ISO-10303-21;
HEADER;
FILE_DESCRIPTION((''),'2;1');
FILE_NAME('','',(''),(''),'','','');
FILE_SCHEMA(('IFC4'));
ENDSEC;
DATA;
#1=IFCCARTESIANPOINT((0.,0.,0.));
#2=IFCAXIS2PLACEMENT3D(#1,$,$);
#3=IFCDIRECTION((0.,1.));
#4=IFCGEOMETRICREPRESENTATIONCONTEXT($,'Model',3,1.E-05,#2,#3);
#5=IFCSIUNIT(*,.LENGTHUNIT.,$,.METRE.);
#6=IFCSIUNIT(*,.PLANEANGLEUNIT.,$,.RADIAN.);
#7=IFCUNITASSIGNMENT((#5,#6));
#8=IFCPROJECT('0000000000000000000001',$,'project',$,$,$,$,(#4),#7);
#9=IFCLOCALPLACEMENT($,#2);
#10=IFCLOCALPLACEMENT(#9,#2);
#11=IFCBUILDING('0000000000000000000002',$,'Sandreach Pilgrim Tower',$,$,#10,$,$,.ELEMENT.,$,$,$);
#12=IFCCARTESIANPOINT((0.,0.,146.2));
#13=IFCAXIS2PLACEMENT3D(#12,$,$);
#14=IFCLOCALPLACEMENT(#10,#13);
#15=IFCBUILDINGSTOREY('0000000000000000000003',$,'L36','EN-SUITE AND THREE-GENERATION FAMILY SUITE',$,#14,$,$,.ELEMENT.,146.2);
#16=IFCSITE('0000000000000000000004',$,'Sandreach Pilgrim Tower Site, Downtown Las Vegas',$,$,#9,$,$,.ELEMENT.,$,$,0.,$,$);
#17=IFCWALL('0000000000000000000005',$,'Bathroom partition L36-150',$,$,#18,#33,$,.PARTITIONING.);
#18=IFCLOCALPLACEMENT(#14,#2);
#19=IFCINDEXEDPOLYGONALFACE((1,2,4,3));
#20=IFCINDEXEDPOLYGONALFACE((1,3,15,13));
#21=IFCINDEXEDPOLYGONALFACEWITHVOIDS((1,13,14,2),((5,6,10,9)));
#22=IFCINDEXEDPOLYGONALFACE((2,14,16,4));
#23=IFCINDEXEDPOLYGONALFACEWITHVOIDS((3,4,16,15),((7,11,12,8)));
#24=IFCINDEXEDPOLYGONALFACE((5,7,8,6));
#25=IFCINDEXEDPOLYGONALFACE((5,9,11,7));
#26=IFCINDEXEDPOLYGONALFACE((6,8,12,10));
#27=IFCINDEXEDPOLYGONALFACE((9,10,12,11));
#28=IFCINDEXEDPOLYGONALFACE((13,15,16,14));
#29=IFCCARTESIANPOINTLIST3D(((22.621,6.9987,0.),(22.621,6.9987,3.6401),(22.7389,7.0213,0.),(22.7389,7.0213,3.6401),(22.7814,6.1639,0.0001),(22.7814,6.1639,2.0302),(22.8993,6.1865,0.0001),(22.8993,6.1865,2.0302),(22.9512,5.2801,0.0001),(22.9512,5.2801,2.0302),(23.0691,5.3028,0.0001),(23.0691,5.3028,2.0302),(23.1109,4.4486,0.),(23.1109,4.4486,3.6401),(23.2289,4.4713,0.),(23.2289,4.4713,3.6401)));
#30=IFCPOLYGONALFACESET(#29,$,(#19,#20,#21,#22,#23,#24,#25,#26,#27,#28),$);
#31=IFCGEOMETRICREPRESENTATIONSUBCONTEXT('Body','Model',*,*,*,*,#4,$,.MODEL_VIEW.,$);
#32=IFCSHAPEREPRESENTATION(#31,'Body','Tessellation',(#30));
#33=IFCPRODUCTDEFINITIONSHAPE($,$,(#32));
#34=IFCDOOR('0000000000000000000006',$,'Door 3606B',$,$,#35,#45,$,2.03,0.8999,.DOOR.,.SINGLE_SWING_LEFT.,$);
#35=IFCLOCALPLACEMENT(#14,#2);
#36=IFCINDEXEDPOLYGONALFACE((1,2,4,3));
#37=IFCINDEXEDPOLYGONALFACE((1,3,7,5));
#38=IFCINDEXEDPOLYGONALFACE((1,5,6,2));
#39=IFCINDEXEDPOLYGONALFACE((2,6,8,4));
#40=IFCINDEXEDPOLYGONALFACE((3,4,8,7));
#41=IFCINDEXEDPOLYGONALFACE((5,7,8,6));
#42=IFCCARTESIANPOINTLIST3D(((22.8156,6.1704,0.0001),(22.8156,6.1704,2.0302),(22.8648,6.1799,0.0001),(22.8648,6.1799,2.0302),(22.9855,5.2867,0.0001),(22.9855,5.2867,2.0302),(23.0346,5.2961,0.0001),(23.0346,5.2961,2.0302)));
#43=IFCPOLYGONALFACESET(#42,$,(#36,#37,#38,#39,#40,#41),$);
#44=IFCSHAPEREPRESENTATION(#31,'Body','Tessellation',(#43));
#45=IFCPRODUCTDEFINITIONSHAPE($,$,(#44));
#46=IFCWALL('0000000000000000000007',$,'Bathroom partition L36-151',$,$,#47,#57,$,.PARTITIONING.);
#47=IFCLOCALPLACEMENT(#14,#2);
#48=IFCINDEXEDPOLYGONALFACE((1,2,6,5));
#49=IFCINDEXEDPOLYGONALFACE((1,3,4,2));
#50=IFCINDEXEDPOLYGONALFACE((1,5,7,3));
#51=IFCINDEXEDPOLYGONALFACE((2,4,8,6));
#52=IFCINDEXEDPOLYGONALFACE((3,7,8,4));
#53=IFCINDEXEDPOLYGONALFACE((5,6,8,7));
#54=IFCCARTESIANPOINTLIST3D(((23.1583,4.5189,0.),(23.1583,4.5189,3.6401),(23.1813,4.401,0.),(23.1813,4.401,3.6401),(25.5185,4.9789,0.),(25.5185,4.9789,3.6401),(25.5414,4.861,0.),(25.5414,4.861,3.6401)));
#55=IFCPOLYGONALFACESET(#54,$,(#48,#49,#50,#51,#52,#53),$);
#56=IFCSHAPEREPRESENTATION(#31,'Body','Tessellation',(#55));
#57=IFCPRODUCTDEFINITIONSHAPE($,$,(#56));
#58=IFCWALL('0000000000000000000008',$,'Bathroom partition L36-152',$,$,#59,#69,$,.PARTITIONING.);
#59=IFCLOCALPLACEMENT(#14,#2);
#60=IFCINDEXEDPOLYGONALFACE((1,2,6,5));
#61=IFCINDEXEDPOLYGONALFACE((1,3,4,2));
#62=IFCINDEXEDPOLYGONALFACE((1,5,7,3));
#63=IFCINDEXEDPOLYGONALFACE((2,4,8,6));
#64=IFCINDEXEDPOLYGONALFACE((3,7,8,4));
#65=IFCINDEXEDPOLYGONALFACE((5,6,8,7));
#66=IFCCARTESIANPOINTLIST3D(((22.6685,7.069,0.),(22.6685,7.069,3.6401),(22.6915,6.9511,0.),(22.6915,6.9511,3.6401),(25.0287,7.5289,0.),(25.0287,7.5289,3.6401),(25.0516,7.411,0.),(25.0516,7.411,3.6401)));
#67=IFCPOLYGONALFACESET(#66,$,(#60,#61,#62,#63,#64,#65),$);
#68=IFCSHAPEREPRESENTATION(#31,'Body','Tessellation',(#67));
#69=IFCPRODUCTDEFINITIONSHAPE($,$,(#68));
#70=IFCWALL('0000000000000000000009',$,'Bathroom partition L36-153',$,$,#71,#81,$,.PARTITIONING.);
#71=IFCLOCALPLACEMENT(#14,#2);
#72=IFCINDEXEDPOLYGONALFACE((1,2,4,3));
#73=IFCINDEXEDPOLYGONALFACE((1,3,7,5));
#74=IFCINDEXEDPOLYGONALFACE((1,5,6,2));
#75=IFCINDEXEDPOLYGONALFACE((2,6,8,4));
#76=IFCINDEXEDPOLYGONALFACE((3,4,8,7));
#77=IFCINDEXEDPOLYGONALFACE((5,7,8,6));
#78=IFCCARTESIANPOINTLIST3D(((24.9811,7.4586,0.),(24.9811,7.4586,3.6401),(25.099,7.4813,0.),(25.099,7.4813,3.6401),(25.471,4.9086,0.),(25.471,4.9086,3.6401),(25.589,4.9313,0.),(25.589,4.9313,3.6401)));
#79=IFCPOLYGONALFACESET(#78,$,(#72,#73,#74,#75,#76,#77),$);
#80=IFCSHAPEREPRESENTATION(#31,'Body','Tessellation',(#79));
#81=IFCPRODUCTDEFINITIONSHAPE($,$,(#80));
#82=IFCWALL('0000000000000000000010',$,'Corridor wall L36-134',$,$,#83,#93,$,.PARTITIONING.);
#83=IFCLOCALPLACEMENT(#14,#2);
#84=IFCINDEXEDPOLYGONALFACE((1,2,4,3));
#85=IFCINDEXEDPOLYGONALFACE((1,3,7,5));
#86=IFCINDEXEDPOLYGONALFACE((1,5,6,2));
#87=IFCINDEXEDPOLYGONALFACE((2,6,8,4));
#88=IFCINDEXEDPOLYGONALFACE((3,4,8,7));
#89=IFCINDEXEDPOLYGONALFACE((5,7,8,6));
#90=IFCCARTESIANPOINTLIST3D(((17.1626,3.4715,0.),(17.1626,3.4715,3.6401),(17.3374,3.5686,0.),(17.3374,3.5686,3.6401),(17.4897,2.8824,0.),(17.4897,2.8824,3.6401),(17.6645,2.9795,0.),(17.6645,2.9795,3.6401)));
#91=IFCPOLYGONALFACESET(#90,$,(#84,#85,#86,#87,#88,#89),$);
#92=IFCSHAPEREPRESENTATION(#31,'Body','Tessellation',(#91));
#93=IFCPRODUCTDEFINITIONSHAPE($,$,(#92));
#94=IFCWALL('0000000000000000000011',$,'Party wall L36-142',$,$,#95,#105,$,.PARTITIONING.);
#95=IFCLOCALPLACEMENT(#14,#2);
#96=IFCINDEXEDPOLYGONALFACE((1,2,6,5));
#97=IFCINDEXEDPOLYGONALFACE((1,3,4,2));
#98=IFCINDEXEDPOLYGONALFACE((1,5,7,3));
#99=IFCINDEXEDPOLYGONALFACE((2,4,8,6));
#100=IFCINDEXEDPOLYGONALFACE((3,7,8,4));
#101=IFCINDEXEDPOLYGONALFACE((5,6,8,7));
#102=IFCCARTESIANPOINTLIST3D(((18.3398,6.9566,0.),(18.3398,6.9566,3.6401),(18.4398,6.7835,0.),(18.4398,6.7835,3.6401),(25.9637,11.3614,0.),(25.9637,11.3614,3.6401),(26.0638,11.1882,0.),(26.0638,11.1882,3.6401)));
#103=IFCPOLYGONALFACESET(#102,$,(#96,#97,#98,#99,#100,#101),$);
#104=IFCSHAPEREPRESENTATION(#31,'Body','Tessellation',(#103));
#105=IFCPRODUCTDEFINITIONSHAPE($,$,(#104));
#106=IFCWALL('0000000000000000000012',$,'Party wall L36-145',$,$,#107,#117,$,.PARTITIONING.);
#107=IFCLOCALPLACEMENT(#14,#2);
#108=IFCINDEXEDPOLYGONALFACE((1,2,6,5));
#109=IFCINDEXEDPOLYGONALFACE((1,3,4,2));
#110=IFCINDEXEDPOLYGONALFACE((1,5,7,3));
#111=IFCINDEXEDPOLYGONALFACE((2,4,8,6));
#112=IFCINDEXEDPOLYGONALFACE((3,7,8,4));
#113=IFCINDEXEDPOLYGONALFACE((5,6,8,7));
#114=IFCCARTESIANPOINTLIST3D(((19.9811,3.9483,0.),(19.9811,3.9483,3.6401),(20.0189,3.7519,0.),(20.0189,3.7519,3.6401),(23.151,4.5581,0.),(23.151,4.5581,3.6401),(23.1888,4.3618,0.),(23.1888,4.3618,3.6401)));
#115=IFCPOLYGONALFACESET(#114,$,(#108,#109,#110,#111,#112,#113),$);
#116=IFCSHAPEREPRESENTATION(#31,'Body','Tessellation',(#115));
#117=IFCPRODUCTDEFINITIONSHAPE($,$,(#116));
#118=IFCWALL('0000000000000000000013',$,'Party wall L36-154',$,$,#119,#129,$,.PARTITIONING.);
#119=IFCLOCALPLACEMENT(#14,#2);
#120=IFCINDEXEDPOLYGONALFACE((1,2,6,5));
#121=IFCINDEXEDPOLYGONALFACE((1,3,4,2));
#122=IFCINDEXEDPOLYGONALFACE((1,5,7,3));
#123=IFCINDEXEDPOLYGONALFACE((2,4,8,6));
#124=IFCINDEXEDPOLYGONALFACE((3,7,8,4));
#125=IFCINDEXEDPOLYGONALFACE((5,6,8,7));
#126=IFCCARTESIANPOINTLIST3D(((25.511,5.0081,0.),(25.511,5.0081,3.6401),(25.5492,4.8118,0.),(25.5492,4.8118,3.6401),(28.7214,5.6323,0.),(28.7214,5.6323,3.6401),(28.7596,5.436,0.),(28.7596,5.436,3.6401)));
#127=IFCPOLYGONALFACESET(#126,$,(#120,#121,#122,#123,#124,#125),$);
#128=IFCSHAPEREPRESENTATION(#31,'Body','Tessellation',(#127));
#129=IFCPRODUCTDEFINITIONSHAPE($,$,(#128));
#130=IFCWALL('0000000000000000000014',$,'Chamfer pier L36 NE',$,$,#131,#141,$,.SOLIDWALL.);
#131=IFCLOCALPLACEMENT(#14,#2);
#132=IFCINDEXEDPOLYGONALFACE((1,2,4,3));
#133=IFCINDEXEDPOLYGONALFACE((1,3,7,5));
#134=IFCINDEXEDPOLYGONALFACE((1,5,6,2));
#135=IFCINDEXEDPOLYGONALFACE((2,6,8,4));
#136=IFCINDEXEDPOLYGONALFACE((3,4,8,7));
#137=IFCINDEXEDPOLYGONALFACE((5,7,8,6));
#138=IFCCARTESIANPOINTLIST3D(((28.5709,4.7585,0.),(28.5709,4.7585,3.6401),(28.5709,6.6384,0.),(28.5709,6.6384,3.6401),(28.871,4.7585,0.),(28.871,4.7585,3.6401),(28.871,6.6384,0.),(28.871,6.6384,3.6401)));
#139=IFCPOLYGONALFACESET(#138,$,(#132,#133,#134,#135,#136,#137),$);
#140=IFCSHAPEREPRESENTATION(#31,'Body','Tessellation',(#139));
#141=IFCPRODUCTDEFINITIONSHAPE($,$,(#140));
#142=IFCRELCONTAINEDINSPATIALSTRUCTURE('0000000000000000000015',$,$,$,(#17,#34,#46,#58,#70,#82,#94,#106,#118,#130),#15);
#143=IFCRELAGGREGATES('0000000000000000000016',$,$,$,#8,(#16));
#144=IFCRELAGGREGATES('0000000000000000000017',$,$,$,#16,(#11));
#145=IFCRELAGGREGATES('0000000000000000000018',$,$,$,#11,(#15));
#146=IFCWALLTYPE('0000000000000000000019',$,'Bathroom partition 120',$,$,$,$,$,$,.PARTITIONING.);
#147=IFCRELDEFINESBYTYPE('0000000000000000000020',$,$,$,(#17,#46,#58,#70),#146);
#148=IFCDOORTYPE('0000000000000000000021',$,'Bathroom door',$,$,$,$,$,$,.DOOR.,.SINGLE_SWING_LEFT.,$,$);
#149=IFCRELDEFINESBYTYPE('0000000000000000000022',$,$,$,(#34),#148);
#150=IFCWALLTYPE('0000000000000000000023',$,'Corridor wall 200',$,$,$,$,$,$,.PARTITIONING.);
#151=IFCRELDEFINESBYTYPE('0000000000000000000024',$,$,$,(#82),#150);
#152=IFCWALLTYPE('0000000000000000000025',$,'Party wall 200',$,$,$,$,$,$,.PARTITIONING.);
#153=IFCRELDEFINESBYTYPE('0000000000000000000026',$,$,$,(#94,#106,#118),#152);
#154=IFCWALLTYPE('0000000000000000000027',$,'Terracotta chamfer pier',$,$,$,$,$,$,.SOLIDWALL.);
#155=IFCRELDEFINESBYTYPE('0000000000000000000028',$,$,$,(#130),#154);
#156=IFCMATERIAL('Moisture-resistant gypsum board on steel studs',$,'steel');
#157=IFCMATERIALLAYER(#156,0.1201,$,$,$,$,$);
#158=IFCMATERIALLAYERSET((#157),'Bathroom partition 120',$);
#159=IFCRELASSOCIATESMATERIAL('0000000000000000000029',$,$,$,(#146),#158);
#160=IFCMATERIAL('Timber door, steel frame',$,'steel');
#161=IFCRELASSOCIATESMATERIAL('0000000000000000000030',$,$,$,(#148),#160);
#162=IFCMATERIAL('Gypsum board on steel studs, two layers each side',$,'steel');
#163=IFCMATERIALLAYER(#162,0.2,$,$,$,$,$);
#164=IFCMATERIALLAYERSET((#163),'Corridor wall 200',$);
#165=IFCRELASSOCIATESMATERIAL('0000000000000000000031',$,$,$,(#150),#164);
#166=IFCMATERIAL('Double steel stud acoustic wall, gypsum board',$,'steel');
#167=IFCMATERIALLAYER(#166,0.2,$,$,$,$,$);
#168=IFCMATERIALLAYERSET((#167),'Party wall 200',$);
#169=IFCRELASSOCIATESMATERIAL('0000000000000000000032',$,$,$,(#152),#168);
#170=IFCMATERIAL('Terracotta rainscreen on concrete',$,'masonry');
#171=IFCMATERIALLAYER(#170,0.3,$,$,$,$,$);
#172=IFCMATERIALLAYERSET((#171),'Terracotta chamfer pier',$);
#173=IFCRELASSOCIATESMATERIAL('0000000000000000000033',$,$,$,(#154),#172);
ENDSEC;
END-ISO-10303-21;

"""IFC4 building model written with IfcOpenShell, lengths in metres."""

from ifc_helpers import new_model, si_unit, direction, frame, frame_2d, origin, place, context, subcontext, project, spatial, rectangle, extrude, material, layer, layer_set, type_object, element, fill, save


model = new_model("IFC4")

# Units and contexts
model_context = context("Model", 3, precision=1e-05, world=origin(), true_north=direction((0.0, 1.0)))
body_context = subcontext(model_context, "Body", "Model", "MODEL_VIEW")
ifc_project = project(units=[si_unit("LENGTHUNIT", "METRE"), si_unit("PLANEANGLEUNIT", "RADIAN")], contexts=[model_context])

# Site, building, storey
site_placement = place(None, origin())
site = spatial("IfcSite", under=ifc_project, at=site_placement, Name="Sandreach Pilgrim Tower Site, Downtown Las Vegas", CompositionType="ELEMENT", RefElevation=0.0)
building_placement = place(site_placement, origin())
building = spatial("IfcBuilding", under=site, at=building_placement, Name="Sandreach Pilgrim Tower", CompositionType="ELEMENT")
storey_placement = place(building_placement, frame((0.0, 0.0, 146.2)))
storey = spatial("IfcBuildingStorey", under=building, at=storey_placement, Name="L36", Description="EN-SUITE AND THREE-GENERATION FAMILY SUITE", CompositionType="ELEMENT", Elevation=146.2)

# Shared definitions
ifc_material_1 = material(Name="Moisture-resistant gypsum board on steel studs", Category="steel")
ifc_layer_1 = layer(ifc_material_1, 0.1201)
ifc_layer_set_1 = layer_set([ifc_layer_1], Name="Bathroom partition 120")
wall_type_1 = type_object("IfcWallType", Name="Bathroom partition 120", PredefinedType="PARTITIONING", material=ifc_layer_set_1)

# Wall, opening, door
ifc_material_2 = material(Name="Timber door, steel frame", Category="steel")
door_type = type_object("IfcDoorType", Name="Bathroom door", OperationType="SINGLE_SWING_LEFT", PredefinedType="DOOR", material=ifc_material_2)
wall_1_placement = place(storey_placement, frame((22.6799, 7.01, 0.0), z_axis=(0.0, 0.0, 1.0), x_axis=(0.188697, -0.982035, 0.0)))
wall_1 = element("IfcWall", 1, at=wall_1_placement, inside=storey, type_object=wall_type_1, Name="Bathroom partition L36-150", PredefinedType="PARTITIONING", context=body_context, shape_type="SweptSolid", body=[
    extrude(rectangle(XDim=2.5967, YDim=0.1201, at=frame_2d((1.2983, 0.0))), origin(), (0.0, 0.0, 1.0), 3.6401),
])
opening_1_placement = place(wall_1_placement, frame((0.8501, 0.0, 0.0)))
opening_1 = element("IfcOpeningElement", 2, at=opening_1_placement, cuts=wall_1, PredefinedType="OPENING", context=body_context, shape_type="SweptSolid", body=[
    extrude(rectangle(XDim=0.8999, YDim=2.03, at=frame_2d((0.45, 1.0151))), frame((0.0, 0.0601, 0.0), z_axis=(0.0, -1.0, 0.0), x_axis=(1.0, 0.0, 0.0)), (0.0, 0.0, 1.0), 0.1201),
])
door_1_placement = place(opening_1_placement, origin())
door_1 = element("IfcDoor", 3, at=door_1_placement, inside=storey, type_object=door_type, Name="Door 3606B", OperationType="SINGLE_SWING_LEFT", OverallHeight=2.03, OverallWidth=0.8999, PredefinedType="DOOR", context=body_context, shape_type="SweptSolid", body=[
    extrude(rectangle(XDim=0.8999, YDim=2.03, at=frame_2d((0.45, 1.0151))), frame((0.0, 0.0249, 0.0), z_axis=(0.0, -1.0, 0.0), x_axis=(1.0, 0.0, 0.0)), (0.0, 0.0, 1.0), 0.05),
])
fill(opening_1, door_1)

# Walls
for number, where, z_axis, x_axis, name in (
    (4, (23.1699, 4.46, 0.0), (0.0, 0.0, 1.0), (0.981533, 0.191291, 0.0), "Bathroom partition L36-151"),
    (5, (25.04, 7.47, 0.0), (0.0, 0.0, 1.0), (-0.981533, -0.191291, 0.0), "Bathroom partition L36-152"),
):
    element("IfcWall", number, at=place(storey_placement, frame(where, z_axis=z_axis, x_axis=x_axis)), inside=storey, type_object=wall_type_1, Name=name, PredefinedType="PARTITIONING", context=body_context, shape_type="SweptSolid", body=[
        extrude(rectangle(XDim=2.4045, YDim=0.1201, at=frame_2d((1.2021, 0.0))), origin(), (0.0, 0.0, 1.0), 3.6401),
    ])
wall_2_placement = place(storey_placement, frame((25.53, 4.9199, 0.0), z_axis=(0.0, 0.0, 1.0), x_axis=(-0.188697, 0.982035, 0.0)))
element("IfcWall", 6, at=wall_2_placement, inside=storey, type_object=wall_type_1, Name="Bathroom partition L36-153", PredefinedType="PARTITIONING", context=body_context, shape_type="SweptSolid", body=[
    extrude(rectangle(XDim=2.5967, YDim=0.1201, at=frame_2d((1.2983, 0.0))), origin(), (0.0, 0.0, 1.0), 3.6401),
])
ifc_material_3 = material(Name="Gypsum board on steel studs, two layers each side", Category="steel")
ifc_layer_2 = layer(ifc_material_3, 0.2)
ifc_layer_set_2 = layer_set([ifc_layer_2], Name="Corridor wall 200")
wall_type_2 = type_object("IfcWallType", Name="Corridor wall 200", PredefinedType="PARTITIONING", material=ifc_layer_set_2)
wall_3_placement = place(storey_placement, frame((17.25, 3.52, 0.0), z_axis=(0.0, 0.0, 1.0), x_axis=(0.485489, -0.874243, 0.0)))
element("IfcWall", 7, at=wall_3_placement, inside=storey, type_object=wall_type_2, Name="Corridor wall L36-134", PredefinedType="PARTITIONING", context=body_context, shape_type="SweptSolid", body=[
    extrude(rectangle(XDim=0.6738, YDim=0.2, at=frame_2d((0.3369, 0.0))), origin(), (0.0, 0.0, 1.0), 3.6401),
])
ifc_material_4 = material(Name="Double steel stud acoustic wall, gypsum board", Category="steel")
ifc_layer_3 = layer(ifc_material_4, 0.2)
ifc_layer_set_3 = layer_set([ifc_layer_3], Name="Party wall 200")
wall_type_3 = type_object("IfcWallType", Name="Party wall 200", PredefinedType="PARTITIONING", material=ifc_layer_set_3)
wall_4_placement = place(storey_placement, frame((18.3899, 6.8701, 0.0), z_axis=(0.0, 0.0, 1.0), x_axis=(0.865875, 0.50026, 0.0)))
element("IfcWall", 8, at=wall_4_placement, inside=storey, type_object=wall_type_3, Name="Party wall L36-142", PredefinedType="PARTITIONING", context=body_context, shape_type="SweptSolid", body=[
    extrude(rectangle(XDim=8.8049, YDim=0.2, at=frame_2d((4.4023, 0.0))), origin(), (0.0, 0.0, 1.0), 3.6401),
])
wall_5_placement = place(storey_placement, frame((20.0, 3.8501, 0.0), z_axis=(0.0, 0.0, 1.0), x_axis=(0.981991, 0.188926, 0.0)))
element("IfcWall", 9, at=wall_5_placement, inside=storey, type_object=wall_type_3, Name="Party wall L36-145", PredefinedType="PARTITIONING", context=body_context, shape_type="SweptSolid", body=[
    extrude(rectangle(XDim=3.228, YDim=0.2, at=frame_2d((1.614, 0.0))), origin(), (0.0, 0.0, 1.0), 3.6401),
])
wall_6_placement = place(storey_placement, frame((28.7405, 5.5342, 0.0), z_axis=(0.0, 0.0, 1.0), x_axis=(-0.981615, -0.190874, 0.0)))
element("IfcWall", 10, at=wall_6_placement, inside=storey, type_object=wall_type_3, Name="Party wall L36-154", PredefinedType="PARTITIONING", context=body_context, shape_type="SweptSolid", body=[
    extrude(rectangle(XDim=3.2705, YDim=0.2, at=frame_2d((1.6353, 0.0))), origin(), (0.0, 0.0, 1.0), 3.6401),
])
ifc_material_5 = material(Name="Terracotta rainscreen on concrete", Category="masonry")
ifc_layer_4 = layer(ifc_material_5, 0.3)
ifc_layer_set_4 = layer_set([ifc_layer_4], Name="Terracotta chamfer pier")
wall_type_4 = type_object("IfcWallType", Name="Terracotta chamfer pier", PredefinedType="SOLIDWALL", material=ifc_layer_set_4)
wall_7_placement = place(storey_placement, frame((28.7209, 6.6384, 0.0), z_axis=(0.0, 0.0, 1.0), x_axis=(0.0, -1.0, 0.0)))
element("IfcWall", 11, at=wall_7_placement, inside=storey, type_object=wall_type_4, Name="Chamfer pier L36 NE", PredefinedType="SOLIDWALL", context=body_context, shape_type="SweptSolid", body=[
    extrude(rectangle(XDim=1.8799, YDim=0.3, at=frame_2d((0.9399, 0.0))), origin(), (0.0, 0.0, 1.0), 3.6401),
])

save(model, "model.ifc")
